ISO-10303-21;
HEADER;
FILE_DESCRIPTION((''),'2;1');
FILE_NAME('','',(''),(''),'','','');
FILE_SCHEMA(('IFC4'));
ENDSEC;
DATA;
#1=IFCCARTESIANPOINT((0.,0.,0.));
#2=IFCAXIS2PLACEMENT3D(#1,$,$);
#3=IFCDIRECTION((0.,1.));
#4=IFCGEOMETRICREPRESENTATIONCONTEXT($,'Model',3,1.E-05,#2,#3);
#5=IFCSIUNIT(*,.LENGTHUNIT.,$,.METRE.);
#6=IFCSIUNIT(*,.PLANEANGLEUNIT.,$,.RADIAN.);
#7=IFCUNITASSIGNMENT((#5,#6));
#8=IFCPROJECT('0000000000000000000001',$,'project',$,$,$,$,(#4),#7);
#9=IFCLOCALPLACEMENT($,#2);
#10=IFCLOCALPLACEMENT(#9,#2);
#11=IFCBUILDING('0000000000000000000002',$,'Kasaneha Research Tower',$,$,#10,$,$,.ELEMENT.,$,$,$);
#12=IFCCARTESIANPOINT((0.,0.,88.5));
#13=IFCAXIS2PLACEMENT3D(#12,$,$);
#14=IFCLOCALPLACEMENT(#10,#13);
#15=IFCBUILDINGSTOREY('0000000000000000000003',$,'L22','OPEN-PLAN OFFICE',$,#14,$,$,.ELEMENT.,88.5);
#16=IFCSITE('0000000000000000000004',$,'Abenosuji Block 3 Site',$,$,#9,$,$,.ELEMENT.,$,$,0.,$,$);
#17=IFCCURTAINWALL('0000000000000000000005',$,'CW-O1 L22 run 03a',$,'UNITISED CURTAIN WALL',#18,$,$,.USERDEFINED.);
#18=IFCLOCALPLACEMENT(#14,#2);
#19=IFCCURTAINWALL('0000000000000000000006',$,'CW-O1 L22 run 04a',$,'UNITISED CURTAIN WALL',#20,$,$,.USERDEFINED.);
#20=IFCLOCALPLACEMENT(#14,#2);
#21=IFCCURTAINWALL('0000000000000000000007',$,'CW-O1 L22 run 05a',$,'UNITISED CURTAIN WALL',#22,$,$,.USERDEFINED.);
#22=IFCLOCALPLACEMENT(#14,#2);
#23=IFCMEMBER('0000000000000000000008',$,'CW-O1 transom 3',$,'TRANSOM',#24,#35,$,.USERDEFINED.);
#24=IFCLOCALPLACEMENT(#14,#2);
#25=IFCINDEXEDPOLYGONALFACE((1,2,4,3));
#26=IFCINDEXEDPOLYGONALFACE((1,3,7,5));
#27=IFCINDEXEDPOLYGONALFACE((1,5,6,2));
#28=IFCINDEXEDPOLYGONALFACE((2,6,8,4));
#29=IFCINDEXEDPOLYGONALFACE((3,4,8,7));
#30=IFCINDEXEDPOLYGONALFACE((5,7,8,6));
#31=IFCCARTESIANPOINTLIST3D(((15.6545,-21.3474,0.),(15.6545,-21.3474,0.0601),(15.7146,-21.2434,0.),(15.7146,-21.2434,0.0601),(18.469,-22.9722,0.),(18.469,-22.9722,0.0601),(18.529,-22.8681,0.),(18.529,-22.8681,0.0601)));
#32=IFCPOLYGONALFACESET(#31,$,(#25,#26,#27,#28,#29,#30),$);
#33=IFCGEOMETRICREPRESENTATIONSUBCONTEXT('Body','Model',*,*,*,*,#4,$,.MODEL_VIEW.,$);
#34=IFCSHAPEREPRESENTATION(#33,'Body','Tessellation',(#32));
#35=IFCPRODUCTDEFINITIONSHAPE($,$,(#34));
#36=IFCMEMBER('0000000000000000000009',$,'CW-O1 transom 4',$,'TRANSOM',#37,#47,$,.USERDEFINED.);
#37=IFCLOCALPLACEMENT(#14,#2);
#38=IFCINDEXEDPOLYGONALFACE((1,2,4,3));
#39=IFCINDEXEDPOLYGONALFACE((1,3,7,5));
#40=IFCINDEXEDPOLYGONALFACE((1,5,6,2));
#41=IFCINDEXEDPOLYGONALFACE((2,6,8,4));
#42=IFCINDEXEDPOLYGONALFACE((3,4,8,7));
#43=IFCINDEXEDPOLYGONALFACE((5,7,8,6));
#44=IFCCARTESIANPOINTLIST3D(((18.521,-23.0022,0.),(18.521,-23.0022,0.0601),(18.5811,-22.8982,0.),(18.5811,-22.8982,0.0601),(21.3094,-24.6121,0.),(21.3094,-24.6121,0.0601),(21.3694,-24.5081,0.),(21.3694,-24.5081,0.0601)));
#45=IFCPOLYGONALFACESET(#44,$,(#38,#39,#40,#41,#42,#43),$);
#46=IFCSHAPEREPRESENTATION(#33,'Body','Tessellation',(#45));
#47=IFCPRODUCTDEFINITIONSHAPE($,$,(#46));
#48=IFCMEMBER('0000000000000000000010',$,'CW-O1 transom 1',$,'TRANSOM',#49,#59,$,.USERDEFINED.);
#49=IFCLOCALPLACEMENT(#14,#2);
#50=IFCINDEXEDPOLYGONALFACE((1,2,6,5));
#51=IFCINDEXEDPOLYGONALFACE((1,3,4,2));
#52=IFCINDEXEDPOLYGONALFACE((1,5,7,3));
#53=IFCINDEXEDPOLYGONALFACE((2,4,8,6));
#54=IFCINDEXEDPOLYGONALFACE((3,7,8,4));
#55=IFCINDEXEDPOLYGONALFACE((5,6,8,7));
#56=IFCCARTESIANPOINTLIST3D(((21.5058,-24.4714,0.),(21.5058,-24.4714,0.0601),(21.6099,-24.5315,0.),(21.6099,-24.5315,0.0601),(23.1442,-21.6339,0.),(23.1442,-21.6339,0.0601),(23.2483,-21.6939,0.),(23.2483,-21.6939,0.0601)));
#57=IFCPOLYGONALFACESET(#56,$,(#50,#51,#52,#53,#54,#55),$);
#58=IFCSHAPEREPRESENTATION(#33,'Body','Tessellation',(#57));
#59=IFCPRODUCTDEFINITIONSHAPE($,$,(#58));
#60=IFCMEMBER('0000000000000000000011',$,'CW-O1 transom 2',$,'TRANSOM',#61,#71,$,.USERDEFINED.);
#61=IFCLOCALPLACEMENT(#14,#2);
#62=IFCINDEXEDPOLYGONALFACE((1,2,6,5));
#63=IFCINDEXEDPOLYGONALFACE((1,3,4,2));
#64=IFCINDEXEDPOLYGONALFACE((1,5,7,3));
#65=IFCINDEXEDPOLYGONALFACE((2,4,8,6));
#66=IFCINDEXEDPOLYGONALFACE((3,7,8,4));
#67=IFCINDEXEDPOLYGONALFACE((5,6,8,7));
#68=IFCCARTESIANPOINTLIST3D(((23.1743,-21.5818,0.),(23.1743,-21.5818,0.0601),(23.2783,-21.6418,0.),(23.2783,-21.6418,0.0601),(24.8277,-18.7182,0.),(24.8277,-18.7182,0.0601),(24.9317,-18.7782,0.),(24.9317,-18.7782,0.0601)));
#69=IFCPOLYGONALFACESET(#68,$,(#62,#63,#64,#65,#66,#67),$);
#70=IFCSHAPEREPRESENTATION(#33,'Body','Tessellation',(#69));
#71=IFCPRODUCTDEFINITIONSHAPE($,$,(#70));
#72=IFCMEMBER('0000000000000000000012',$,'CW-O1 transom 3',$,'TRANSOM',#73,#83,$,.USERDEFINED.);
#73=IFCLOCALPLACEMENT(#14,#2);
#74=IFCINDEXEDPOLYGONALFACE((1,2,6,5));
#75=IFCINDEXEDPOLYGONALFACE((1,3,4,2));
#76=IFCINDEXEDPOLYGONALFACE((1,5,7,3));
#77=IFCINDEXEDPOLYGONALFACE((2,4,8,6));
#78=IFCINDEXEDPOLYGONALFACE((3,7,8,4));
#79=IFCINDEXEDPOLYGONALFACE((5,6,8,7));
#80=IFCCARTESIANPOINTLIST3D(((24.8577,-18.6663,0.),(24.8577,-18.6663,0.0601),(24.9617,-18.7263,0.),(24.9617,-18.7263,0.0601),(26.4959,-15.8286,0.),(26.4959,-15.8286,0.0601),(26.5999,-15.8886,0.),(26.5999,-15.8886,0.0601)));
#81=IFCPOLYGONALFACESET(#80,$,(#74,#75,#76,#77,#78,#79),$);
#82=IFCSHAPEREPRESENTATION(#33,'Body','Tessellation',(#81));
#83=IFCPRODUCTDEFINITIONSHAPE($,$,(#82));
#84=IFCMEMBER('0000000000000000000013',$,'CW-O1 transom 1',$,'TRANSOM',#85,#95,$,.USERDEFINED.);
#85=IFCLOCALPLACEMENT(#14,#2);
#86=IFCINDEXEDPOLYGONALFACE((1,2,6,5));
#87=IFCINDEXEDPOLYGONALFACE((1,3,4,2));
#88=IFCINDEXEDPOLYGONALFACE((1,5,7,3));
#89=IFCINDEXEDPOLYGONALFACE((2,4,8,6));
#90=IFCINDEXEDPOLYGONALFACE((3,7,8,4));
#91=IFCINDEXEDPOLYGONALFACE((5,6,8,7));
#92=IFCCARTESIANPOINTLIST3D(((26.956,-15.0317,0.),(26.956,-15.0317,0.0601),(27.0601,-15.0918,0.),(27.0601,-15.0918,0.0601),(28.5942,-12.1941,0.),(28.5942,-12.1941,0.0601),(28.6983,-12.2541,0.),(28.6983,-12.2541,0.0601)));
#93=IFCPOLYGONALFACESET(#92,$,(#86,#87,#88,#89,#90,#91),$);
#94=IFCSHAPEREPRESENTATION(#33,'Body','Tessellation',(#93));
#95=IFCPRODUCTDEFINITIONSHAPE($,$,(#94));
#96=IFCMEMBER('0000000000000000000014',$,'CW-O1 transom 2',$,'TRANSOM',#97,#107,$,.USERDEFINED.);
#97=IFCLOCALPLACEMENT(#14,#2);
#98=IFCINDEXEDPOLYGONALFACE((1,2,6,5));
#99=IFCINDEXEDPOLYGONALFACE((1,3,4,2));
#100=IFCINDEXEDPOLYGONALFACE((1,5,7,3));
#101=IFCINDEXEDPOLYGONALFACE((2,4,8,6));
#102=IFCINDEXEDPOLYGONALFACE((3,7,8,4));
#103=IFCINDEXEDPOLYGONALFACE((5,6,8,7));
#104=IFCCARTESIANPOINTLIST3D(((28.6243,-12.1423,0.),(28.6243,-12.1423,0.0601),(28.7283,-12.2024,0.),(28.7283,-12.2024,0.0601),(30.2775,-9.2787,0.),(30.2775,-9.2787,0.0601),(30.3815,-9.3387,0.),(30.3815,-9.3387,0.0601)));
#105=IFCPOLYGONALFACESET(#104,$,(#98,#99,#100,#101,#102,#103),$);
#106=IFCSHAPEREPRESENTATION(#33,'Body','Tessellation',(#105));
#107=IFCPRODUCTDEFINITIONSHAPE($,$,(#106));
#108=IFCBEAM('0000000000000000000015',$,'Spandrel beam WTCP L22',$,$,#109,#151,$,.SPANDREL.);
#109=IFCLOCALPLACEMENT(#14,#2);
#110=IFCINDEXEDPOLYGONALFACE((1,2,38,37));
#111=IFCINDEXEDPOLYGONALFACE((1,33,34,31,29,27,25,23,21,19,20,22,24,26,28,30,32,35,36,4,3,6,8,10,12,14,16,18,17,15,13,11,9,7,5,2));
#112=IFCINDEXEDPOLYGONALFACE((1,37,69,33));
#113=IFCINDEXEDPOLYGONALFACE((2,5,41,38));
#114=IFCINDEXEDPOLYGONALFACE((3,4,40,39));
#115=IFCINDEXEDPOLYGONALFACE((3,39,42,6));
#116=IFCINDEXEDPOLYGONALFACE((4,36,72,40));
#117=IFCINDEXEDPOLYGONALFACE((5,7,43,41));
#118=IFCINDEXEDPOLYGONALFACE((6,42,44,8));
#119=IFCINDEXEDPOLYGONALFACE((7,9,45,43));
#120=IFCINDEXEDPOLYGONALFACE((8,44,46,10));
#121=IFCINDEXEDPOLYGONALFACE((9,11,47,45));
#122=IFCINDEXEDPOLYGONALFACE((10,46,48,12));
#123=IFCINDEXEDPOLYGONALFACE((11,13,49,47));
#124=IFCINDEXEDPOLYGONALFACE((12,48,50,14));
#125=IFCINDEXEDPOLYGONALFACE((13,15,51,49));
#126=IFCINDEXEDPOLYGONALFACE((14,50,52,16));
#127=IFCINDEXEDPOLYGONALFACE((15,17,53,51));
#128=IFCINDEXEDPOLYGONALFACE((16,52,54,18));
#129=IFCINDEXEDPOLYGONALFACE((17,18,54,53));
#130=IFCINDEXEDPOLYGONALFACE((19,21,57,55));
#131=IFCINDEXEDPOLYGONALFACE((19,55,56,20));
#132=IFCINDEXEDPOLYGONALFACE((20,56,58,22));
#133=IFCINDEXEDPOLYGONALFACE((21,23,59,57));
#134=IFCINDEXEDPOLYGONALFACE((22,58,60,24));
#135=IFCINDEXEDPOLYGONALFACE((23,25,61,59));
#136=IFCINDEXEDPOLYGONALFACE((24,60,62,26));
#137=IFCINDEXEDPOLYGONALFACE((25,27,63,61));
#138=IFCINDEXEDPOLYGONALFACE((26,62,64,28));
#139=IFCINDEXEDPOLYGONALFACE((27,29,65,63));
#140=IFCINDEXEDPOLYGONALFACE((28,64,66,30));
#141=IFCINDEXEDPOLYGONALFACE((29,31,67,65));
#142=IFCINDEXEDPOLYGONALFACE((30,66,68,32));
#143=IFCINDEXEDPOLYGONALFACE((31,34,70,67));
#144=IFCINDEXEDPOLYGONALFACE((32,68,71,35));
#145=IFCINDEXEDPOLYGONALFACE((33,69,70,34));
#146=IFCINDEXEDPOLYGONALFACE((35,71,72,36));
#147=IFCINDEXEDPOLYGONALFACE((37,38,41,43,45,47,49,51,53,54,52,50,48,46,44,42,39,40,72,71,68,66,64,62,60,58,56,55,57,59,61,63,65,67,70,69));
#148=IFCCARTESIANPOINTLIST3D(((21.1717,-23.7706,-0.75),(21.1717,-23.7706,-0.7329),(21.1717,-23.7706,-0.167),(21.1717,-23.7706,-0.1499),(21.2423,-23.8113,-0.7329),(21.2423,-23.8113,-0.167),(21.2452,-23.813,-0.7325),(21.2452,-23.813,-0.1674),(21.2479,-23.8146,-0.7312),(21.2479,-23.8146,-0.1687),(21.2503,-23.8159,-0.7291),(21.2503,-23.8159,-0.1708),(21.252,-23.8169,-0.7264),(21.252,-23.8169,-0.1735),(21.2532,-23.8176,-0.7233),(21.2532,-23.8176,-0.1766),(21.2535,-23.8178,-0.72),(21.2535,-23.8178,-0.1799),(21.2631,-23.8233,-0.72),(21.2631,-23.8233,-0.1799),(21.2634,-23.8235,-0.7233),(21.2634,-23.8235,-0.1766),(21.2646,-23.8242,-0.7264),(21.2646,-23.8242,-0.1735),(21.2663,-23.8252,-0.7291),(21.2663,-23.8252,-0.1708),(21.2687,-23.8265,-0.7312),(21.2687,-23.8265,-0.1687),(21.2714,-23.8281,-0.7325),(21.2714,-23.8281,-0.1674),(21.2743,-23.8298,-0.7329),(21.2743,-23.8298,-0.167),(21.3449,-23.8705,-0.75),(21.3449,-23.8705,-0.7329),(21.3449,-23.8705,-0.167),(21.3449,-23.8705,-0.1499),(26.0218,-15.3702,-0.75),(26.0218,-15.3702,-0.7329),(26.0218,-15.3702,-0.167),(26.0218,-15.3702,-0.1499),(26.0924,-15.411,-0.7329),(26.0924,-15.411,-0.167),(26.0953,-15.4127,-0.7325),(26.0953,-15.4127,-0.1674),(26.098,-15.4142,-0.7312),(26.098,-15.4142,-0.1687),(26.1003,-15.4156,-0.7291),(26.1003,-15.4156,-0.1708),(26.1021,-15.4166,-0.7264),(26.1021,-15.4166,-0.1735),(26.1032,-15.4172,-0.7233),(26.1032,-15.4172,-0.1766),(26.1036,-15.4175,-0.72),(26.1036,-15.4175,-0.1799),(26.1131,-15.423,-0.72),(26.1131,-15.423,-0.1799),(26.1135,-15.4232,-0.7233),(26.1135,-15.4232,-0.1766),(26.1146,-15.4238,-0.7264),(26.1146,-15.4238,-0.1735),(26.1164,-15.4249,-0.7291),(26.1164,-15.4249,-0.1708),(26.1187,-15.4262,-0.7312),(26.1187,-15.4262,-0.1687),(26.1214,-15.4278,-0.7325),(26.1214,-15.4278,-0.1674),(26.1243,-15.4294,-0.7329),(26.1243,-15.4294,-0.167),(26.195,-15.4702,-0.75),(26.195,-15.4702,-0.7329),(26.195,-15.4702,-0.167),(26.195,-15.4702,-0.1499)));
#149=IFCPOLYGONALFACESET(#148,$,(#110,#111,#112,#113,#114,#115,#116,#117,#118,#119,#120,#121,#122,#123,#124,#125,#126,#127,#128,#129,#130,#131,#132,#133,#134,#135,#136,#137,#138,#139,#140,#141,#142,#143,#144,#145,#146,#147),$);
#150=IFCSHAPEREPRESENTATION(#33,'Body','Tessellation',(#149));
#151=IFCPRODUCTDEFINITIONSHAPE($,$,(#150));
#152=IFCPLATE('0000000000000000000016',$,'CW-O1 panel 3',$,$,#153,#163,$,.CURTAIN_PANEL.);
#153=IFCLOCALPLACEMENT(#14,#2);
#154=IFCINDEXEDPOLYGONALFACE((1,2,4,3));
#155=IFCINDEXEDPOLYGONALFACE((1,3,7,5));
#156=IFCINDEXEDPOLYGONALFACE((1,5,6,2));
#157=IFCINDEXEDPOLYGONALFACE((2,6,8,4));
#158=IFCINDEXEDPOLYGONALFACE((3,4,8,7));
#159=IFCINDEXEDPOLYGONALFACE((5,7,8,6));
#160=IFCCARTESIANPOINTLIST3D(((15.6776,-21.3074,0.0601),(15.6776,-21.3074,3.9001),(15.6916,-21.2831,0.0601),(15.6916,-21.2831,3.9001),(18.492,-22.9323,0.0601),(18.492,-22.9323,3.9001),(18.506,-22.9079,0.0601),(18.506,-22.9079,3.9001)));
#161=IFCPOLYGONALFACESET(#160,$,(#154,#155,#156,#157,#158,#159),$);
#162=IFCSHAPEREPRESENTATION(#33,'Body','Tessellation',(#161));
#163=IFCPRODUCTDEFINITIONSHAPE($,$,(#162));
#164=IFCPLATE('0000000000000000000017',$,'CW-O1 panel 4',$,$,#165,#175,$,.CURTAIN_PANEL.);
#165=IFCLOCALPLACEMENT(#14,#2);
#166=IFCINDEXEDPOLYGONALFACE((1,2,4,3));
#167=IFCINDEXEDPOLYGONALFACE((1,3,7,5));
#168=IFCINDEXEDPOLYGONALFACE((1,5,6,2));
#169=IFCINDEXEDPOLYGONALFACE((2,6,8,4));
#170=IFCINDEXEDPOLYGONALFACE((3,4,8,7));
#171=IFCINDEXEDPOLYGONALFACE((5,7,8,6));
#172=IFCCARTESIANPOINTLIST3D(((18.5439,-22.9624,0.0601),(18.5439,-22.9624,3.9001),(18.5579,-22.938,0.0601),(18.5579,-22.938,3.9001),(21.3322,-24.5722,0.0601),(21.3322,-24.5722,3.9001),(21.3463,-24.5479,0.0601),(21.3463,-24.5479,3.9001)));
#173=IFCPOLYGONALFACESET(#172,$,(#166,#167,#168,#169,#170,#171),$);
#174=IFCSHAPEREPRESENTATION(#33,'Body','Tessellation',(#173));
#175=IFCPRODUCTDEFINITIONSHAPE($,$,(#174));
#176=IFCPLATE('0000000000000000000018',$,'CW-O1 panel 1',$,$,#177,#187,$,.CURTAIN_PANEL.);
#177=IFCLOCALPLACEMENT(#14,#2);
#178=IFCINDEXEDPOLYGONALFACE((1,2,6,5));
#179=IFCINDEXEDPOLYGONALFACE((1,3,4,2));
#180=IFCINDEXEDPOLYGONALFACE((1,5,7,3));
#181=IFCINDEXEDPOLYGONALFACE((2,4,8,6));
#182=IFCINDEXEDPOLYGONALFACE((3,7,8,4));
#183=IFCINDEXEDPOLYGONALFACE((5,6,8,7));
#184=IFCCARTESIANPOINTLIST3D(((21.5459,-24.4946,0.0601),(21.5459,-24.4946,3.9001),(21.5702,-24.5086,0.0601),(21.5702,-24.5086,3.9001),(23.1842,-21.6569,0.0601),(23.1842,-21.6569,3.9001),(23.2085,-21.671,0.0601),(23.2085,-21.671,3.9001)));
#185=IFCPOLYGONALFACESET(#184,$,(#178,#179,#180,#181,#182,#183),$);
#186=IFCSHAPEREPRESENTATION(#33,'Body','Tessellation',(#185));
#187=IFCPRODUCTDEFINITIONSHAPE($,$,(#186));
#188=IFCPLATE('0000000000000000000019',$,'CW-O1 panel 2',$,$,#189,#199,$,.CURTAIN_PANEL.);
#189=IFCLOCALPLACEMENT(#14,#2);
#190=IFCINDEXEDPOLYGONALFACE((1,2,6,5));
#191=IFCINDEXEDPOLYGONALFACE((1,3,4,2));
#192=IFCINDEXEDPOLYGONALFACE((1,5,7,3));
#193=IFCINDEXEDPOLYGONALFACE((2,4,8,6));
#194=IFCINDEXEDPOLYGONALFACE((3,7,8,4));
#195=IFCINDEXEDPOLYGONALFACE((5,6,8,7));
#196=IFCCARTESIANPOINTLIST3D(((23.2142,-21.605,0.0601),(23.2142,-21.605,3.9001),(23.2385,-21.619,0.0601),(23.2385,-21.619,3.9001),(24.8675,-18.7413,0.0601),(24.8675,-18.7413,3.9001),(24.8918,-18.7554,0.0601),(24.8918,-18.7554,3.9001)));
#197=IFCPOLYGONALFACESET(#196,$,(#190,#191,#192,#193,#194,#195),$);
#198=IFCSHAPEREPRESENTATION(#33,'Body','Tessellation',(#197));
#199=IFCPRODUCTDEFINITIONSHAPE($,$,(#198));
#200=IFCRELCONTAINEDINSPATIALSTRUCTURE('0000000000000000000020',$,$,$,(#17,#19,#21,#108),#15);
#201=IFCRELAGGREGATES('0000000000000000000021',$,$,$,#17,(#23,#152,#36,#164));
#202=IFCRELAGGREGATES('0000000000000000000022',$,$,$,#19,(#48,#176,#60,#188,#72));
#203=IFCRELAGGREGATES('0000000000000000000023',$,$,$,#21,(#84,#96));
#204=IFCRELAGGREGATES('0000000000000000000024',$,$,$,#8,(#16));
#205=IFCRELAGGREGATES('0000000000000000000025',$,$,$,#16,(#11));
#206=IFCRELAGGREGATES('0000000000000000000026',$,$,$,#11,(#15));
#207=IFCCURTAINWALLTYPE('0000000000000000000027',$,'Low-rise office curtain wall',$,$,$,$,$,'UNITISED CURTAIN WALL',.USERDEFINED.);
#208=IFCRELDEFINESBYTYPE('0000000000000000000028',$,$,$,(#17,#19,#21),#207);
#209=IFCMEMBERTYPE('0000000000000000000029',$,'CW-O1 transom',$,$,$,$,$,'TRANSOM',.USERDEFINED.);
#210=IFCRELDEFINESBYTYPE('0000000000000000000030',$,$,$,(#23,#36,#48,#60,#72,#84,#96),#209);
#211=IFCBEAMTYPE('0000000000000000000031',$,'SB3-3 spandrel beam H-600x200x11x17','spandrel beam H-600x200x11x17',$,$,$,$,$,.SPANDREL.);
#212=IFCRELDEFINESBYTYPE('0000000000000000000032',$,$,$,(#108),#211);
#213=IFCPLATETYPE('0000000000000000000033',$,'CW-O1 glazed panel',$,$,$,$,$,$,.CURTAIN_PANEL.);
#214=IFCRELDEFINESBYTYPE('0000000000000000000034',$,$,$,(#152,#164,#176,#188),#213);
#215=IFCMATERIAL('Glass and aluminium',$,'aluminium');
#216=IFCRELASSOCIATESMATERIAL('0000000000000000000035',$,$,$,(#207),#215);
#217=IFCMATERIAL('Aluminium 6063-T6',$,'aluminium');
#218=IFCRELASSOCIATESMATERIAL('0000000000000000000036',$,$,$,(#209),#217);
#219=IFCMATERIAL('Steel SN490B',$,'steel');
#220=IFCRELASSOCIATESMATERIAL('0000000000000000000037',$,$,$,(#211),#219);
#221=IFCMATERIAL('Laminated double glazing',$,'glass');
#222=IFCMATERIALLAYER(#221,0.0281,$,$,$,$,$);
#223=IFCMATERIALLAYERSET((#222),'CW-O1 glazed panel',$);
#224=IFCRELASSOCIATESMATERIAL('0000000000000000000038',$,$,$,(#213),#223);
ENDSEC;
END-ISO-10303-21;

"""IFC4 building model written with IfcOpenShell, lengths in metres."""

from ifc_helpers import new_model, si_unit, direction, frame, origin, origin_2d, place, context, subcontext, project, spatial, rectangle, i_section, extrude, material, layer, layer_set, material_profile, profile_set, type_object, element, aggregate, save


model = new_model("IFC4")

# Units and contexts
model_context = context("Model", 3, precision=1e-05, world=origin(), true_north=direction((0.0, 1.0)))
body_context = subcontext(model_context, "Body", "Model", "MODEL_VIEW")
ifc_project = project(units=[si_unit("LENGTHUNIT", "METRE"), si_unit("PLANEANGLEUNIT", "RADIAN")], contexts=[model_context])

# Site, building, storey
site_placement = place(None, origin())
site = spatial("IfcSite", under=ifc_project, at=site_placement, Name="Abenosuji Block 3 Site", CompositionType="ELEMENT", RefElevation=0.0)
building_placement = place(site_placement, origin())
building = spatial("IfcBuilding", under=site, at=building_placement, Name="Kasaneha Research Tower", CompositionType="ELEMENT")
storey_placement = place(building_placement, frame((0.0, 0.0, 88.5)))
storey = spatial("IfcBuildingStorey", under=building, at=storey_placement, Name="L22", Description="OPEN-PLAN OFFICE", CompositionType="ELEMENT", Elevation=88.5)

# Curtain walls
ifc_material_1 = material(Name="Glass and aluminium", Category="aluminium")
curtain_wall_type = type_object("IfcCurtainWallType", Name="Low-rise office curtain wall", ElementType="UNITISED CURTAIN WALL", PredefinedType="USERDEFINED", material=ifc_material_1)
curtain_wall_1_placement = place(storey_placement, origin())
curtain_wall_1 = element("IfcCurtainWall", 1, at=curtain_wall_1_placement, inside=storey, type_object=curtain_wall_type, Name="CW-O1 L22 run 03a", ObjectType="UNITISED CURTAIN WALL", PredefinedType="USERDEFINED")
curtain_wall_2_placement = place(storey_placement, origin())
curtain_wall_2 = element("IfcCurtainWall", 2, at=curtain_wall_2_placement, inside=storey, type_object=curtain_wall_type, Name="CW-O1 L22 run 04a", ObjectType="UNITISED CURTAIN WALL", PredefinedType="USERDEFINED")
curtain_wall_3_placement = place(storey_placement, origin())
curtain_wall_3 = element("IfcCurtainWall", 3, at=curtain_wall_3_placement, inside=storey, type_object=curtain_wall_type, Name="CW-O1 L22 run 05a", ObjectType="UNITISED CURTAIN WALL", PredefinedType="USERDEFINED")

# Members
ifc_material_2 = material(Name="Aluminium 6063-T6", Category="aluminium")
ifc_material_profile_1 = material_profile(ifc_material_2, rectangle(XDim=0.1201, YDim=0.0601, at=origin_2d()), Name="CW-O1 transom 120x60")
ifc_profile_set_1 = profile_set([ifc_material_profile_1], Name="Aluminium 6063-T6")
member_type_1 = type_object("IfcMemberType", Name="CW-O1 transom", ElementType="TRANSOM", PredefinedType="USERDEFINED", material=ifc_profile_set_1)
member_1_placement = place(storey_placement, frame((15.6846, -21.2954, 0.03), z_axis=(0.866048, -0.499961, 0.0), x_axis=(0.499961, 0.866048, 0.0)))
member_1 = element("IfcMember", 4, at=member_1_placement, type_object=member_type_1, Name="CW-O1 transom 3", ObjectType="TRANSOM", PredefinedType="USERDEFINED", context=body_context, shape_type="SweptSolid", body=[
    extrude(rectangle(XDim=0.1201, YDim=0.0601, at=origin_2d()), origin(), (0.0, 0.0, 1.0), 3.2498),
])
member_2_placement = place(storey_placement, frame((18.551, -22.9502, 0.03), z_axis=(0.866023, -0.500005, 0.0), x_axis=(0.500005, 0.866023, 0.0)))
member_2 = element("IfcMember", 5, at=member_2_placement, type_object=member_type_1, Name="CW-O1 transom 4", ObjectType="TRANSOM", PredefinedType="USERDEFINED", context=body_context, shape_type="SweptSolid", body=[
    extrude(rectangle(XDim=0.1201, YDim=0.0601, at=origin_2d()), origin(), (0.0, 0.0, 1.0), 3.2197),
])
member_3_placement = place(storey_placement, frame((21.5579, -24.5015, 0.03), z_axis=(0.500026, 0.866011, 0.0), x_axis=(-0.866011, 0.500026, 0.0)))
member_3 = element("IfcMember", 6, at=member_3_placement, type_object=member_type_1, Name="CW-O1 transom 1", ObjectType="TRANSOM", PredefinedType="USERDEFINED", context=body_context, shape_type="SweptSolid", body=[
    extrude(rectangle(XDim=0.1201, YDim=0.0601, at=origin_2d()), origin(), (0.0, 0.0, 1.0), 3.2766),
])
member_4_placement = place(storey_placement, frame((23.2263, -21.6118, 0.03), z_axis=(0.500014, 0.866017, 0.0), x_axis=(-0.866017, 0.500014, 0.0)))
member_4 = element("IfcMember", 7, at=member_4_placement, type_object=member_type_1, Name="CW-O1 transom 2", ObjectType="TRANSOM", PredefinedType="USERDEFINED", context=body_context, shape_type="SweptSolid", body=[
    extrude(rectangle(XDim=0.1201, YDim=0.0601, at=origin_2d()), origin(), (0.0, 0.0, 1.0), 3.3066),
])
member_5_placement = place(storey_placement, frame((24.9097, -18.6963, 0.03), z_axis=(0.49997, 0.866043, 0.0), x_axis=(-0.866043, 0.49997, 0.0)))
member_5 = element("IfcMember", 8, at=member_5_placement, type_object=member_type_1, Name="CW-O1 transom 3", ObjectType="TRANSOM", PredefinedType="USERDEFINED", context=body_context, shape_type="SweptSolid", body=[
    extrude(rectangle(XDim=0.1201, YDim=0.0601, at=origin_2d()), origin(), (0.0, 0.0, 1.0), 3.2766),
])
member_6_placement = place(storey_placement, frame((27.0081, -15.0618, 0.03), z_axis=(0.49997, 0.866043, 0.0), x_axis=(-0.866043, 0.49997, 0.0)))
member_6 = element("IfcMember", 9, at=member_6_placement, type_object=member_type_1, Name="CW-O1 transom 1", ObjectType="TRANSOM", PredefinedType="USERDEFINED", context=body_context, shape_type="SweptSolid", body=[
    extrude(rectangle(XDim=0.1201, YDim=0.0601, at=origin_2d()), origin(), (0.0, 0.0, 1.0), 3.2766),
])
member_7_placement = place(storey_placement, frame((28.6763, -12.1724, 0.03), z_axis=(0.499982, 0.866036, 0.0), x_axis=(-0.866036, 0.499982, 0.0)))
member_7 = element("IfcMember", 10, at=member_7_placement, type_object=member_type_1, Name="CW-O1 transom 2", ObjectType="TRANSOM", PredefinedType="USERDEFINED", context=body_context, shape_type="SweptSolid", body=[
    extrude(rectangle(XDim=0.1201, YDim=0.0601, at=origin_2d()), origin(), (0.0, 0.0, 1.0), 3.3066),
])

# Beam
ifc_material_3 = material(Name="Steel SN490B", Category="steel")
ifc_material_profile_2 = material_profile(ifc_material_3, i_section(OverallWidth=0.2, OverallDepth=0.6001, WebThickness=0.011, FlangeThickness=0.0171, FilletRadius=0.0129, at=origin_2d()), Name="H-600x200x11x17")
ifc_profile_set_2 = profile_set([ifc_material_profile_2], Name="Steel SN490B")
beam_type_1 = type_object("IfcBeamType", Name="SB3-3 spandrel beam H-600x200x11x17", Description="spandrel beam H-600x200x11x17", PredefinedType="SPANDREL", material=ifc_profile_set_2)
beam_1_placement = place(storey_placement, frame((21.2583, -23.8206, -0.45), z_axis=(0.50001, 0.86602, 0.0), x_axis=(-0.86602, 0.50001, 0.0)))
element("IfcBeam", 11, at=beam_1_placement, inside=storey, type_object=beam_type_1, Name="Spandrel beam WTCP L22", PredefinedType="SPANDREL", context=body_context, shape_type="SweptSolid", body=[
    extrude(i_section(OverallWidth=0.2, OverallDepth=0.6001, WebThickness=0.011, FlangeThickness=0.0171, FilletRadius=0.0129, at=origin_2d()), origin(), (0.0, 0.0, 1.0), 9.7),
])

# Plates
ifc_material_4 = material(Name="Laminated double glazing", Category="glass")
ifc_layer_1 = layer(ifc_material_4, 0.0281)
ifc_layer_set_1 = layer_set([ifc_layer_1], Name="CW-O1 glazed panel")
plate_type = type_object("IfcPlateType", Name="CW-O1 glazed panel", PredefinedType="CURTAIN_PANEL", material=ifc_layer_set_1)
plate_1_placement = place(storey_placement, frame((17.0918, -22.1077, 0.0601), z_axis=(0.0, 0.0, 1.0), x_axis=(0.866025, -0.5, 0.0)))
plate_1 = element("IfcPlate", 12, at=plate_1_placement, type_object=plate_type, Name="CW-O1 panel 3", PredefinedType="CURTAIN_PANEL", context=body_context, shape_type="SweptSolid", body=[
    extrude(rectangle(XDim=3.2498, YDim=0.0281, at=origin_2d()), origin(), (0.0, 0.0, 1.0), 3.8401),
])
plate_2_placement = place(storey_placement, frame((19.9451, -23.7551, 0.0601), z_axis=(0.0, 0.0, 1.0), x_axis=(0.866025, -0.5, 0.0)))
plate_2 = element("IfcPlate", 13, at=plate_2_placement, type_object=plate_type, Name="CW-O1 panel 4", PredefinedType="CURTAIN_PANEL", context=body_context, shape_type="SweptSolid", body=[
    extrude(rectangle(XDim=3.2197, YDim=0.0281, at=origin_2d()), origin(), (0.0, 0.0, 1.0), 3.8401),
])
aggregate(curtain_wall_1, [member_1, plate_1, member_2, plate_2])
plate_3_placement = place(storey_placement, frame((22.3772, -23.0828, 0.0601), z_axis=(0.0, 0.0, 1.0), x_axis=(0.5, 0.866025, 0.0)))
plate_3 = element("IfcPlate", 14, at=plate_3_placement, type_object=plate_type, Name="CW-O1 panel 1", PredefinedType="CURTAIN_PANEL", context=body_context, shape_type="SweptSolid", body=[
    extrude(rectangle(XDim=3.2766, YDim=0.0281, at=origin_2d()), origin(), (0.0, 0.0, 1.0), 3.8401),
])
plate_4_placement = place(storey_placement, frame((24.053, -20.1802, 0.0601), z_axis=(0.0, 0.0, 1.0), x_axis=(0.5, 0.866025, 0.0)))
plate_4 = element("IfcPlate", 15, at=plate_4_placement, type_object=plate_type, Name="CW-O1 panel 2", PredefinedType="CURTAIN_PANEL", context=body_context, shape_type="SweptSolid", body=[
    extrude(rectangle(XDim=3.3066, YDim=0.0281, at=origin_2d()), origin(), (0.0, 0.0, 1.0), 3.8401),
])
aggregate(curtain_wall_2, [member_3, plate_3, member_4, plate_4, member_5])
aggregate(curtain_wall_3, [member_6, member_7])

save(model, "model.ifc")
